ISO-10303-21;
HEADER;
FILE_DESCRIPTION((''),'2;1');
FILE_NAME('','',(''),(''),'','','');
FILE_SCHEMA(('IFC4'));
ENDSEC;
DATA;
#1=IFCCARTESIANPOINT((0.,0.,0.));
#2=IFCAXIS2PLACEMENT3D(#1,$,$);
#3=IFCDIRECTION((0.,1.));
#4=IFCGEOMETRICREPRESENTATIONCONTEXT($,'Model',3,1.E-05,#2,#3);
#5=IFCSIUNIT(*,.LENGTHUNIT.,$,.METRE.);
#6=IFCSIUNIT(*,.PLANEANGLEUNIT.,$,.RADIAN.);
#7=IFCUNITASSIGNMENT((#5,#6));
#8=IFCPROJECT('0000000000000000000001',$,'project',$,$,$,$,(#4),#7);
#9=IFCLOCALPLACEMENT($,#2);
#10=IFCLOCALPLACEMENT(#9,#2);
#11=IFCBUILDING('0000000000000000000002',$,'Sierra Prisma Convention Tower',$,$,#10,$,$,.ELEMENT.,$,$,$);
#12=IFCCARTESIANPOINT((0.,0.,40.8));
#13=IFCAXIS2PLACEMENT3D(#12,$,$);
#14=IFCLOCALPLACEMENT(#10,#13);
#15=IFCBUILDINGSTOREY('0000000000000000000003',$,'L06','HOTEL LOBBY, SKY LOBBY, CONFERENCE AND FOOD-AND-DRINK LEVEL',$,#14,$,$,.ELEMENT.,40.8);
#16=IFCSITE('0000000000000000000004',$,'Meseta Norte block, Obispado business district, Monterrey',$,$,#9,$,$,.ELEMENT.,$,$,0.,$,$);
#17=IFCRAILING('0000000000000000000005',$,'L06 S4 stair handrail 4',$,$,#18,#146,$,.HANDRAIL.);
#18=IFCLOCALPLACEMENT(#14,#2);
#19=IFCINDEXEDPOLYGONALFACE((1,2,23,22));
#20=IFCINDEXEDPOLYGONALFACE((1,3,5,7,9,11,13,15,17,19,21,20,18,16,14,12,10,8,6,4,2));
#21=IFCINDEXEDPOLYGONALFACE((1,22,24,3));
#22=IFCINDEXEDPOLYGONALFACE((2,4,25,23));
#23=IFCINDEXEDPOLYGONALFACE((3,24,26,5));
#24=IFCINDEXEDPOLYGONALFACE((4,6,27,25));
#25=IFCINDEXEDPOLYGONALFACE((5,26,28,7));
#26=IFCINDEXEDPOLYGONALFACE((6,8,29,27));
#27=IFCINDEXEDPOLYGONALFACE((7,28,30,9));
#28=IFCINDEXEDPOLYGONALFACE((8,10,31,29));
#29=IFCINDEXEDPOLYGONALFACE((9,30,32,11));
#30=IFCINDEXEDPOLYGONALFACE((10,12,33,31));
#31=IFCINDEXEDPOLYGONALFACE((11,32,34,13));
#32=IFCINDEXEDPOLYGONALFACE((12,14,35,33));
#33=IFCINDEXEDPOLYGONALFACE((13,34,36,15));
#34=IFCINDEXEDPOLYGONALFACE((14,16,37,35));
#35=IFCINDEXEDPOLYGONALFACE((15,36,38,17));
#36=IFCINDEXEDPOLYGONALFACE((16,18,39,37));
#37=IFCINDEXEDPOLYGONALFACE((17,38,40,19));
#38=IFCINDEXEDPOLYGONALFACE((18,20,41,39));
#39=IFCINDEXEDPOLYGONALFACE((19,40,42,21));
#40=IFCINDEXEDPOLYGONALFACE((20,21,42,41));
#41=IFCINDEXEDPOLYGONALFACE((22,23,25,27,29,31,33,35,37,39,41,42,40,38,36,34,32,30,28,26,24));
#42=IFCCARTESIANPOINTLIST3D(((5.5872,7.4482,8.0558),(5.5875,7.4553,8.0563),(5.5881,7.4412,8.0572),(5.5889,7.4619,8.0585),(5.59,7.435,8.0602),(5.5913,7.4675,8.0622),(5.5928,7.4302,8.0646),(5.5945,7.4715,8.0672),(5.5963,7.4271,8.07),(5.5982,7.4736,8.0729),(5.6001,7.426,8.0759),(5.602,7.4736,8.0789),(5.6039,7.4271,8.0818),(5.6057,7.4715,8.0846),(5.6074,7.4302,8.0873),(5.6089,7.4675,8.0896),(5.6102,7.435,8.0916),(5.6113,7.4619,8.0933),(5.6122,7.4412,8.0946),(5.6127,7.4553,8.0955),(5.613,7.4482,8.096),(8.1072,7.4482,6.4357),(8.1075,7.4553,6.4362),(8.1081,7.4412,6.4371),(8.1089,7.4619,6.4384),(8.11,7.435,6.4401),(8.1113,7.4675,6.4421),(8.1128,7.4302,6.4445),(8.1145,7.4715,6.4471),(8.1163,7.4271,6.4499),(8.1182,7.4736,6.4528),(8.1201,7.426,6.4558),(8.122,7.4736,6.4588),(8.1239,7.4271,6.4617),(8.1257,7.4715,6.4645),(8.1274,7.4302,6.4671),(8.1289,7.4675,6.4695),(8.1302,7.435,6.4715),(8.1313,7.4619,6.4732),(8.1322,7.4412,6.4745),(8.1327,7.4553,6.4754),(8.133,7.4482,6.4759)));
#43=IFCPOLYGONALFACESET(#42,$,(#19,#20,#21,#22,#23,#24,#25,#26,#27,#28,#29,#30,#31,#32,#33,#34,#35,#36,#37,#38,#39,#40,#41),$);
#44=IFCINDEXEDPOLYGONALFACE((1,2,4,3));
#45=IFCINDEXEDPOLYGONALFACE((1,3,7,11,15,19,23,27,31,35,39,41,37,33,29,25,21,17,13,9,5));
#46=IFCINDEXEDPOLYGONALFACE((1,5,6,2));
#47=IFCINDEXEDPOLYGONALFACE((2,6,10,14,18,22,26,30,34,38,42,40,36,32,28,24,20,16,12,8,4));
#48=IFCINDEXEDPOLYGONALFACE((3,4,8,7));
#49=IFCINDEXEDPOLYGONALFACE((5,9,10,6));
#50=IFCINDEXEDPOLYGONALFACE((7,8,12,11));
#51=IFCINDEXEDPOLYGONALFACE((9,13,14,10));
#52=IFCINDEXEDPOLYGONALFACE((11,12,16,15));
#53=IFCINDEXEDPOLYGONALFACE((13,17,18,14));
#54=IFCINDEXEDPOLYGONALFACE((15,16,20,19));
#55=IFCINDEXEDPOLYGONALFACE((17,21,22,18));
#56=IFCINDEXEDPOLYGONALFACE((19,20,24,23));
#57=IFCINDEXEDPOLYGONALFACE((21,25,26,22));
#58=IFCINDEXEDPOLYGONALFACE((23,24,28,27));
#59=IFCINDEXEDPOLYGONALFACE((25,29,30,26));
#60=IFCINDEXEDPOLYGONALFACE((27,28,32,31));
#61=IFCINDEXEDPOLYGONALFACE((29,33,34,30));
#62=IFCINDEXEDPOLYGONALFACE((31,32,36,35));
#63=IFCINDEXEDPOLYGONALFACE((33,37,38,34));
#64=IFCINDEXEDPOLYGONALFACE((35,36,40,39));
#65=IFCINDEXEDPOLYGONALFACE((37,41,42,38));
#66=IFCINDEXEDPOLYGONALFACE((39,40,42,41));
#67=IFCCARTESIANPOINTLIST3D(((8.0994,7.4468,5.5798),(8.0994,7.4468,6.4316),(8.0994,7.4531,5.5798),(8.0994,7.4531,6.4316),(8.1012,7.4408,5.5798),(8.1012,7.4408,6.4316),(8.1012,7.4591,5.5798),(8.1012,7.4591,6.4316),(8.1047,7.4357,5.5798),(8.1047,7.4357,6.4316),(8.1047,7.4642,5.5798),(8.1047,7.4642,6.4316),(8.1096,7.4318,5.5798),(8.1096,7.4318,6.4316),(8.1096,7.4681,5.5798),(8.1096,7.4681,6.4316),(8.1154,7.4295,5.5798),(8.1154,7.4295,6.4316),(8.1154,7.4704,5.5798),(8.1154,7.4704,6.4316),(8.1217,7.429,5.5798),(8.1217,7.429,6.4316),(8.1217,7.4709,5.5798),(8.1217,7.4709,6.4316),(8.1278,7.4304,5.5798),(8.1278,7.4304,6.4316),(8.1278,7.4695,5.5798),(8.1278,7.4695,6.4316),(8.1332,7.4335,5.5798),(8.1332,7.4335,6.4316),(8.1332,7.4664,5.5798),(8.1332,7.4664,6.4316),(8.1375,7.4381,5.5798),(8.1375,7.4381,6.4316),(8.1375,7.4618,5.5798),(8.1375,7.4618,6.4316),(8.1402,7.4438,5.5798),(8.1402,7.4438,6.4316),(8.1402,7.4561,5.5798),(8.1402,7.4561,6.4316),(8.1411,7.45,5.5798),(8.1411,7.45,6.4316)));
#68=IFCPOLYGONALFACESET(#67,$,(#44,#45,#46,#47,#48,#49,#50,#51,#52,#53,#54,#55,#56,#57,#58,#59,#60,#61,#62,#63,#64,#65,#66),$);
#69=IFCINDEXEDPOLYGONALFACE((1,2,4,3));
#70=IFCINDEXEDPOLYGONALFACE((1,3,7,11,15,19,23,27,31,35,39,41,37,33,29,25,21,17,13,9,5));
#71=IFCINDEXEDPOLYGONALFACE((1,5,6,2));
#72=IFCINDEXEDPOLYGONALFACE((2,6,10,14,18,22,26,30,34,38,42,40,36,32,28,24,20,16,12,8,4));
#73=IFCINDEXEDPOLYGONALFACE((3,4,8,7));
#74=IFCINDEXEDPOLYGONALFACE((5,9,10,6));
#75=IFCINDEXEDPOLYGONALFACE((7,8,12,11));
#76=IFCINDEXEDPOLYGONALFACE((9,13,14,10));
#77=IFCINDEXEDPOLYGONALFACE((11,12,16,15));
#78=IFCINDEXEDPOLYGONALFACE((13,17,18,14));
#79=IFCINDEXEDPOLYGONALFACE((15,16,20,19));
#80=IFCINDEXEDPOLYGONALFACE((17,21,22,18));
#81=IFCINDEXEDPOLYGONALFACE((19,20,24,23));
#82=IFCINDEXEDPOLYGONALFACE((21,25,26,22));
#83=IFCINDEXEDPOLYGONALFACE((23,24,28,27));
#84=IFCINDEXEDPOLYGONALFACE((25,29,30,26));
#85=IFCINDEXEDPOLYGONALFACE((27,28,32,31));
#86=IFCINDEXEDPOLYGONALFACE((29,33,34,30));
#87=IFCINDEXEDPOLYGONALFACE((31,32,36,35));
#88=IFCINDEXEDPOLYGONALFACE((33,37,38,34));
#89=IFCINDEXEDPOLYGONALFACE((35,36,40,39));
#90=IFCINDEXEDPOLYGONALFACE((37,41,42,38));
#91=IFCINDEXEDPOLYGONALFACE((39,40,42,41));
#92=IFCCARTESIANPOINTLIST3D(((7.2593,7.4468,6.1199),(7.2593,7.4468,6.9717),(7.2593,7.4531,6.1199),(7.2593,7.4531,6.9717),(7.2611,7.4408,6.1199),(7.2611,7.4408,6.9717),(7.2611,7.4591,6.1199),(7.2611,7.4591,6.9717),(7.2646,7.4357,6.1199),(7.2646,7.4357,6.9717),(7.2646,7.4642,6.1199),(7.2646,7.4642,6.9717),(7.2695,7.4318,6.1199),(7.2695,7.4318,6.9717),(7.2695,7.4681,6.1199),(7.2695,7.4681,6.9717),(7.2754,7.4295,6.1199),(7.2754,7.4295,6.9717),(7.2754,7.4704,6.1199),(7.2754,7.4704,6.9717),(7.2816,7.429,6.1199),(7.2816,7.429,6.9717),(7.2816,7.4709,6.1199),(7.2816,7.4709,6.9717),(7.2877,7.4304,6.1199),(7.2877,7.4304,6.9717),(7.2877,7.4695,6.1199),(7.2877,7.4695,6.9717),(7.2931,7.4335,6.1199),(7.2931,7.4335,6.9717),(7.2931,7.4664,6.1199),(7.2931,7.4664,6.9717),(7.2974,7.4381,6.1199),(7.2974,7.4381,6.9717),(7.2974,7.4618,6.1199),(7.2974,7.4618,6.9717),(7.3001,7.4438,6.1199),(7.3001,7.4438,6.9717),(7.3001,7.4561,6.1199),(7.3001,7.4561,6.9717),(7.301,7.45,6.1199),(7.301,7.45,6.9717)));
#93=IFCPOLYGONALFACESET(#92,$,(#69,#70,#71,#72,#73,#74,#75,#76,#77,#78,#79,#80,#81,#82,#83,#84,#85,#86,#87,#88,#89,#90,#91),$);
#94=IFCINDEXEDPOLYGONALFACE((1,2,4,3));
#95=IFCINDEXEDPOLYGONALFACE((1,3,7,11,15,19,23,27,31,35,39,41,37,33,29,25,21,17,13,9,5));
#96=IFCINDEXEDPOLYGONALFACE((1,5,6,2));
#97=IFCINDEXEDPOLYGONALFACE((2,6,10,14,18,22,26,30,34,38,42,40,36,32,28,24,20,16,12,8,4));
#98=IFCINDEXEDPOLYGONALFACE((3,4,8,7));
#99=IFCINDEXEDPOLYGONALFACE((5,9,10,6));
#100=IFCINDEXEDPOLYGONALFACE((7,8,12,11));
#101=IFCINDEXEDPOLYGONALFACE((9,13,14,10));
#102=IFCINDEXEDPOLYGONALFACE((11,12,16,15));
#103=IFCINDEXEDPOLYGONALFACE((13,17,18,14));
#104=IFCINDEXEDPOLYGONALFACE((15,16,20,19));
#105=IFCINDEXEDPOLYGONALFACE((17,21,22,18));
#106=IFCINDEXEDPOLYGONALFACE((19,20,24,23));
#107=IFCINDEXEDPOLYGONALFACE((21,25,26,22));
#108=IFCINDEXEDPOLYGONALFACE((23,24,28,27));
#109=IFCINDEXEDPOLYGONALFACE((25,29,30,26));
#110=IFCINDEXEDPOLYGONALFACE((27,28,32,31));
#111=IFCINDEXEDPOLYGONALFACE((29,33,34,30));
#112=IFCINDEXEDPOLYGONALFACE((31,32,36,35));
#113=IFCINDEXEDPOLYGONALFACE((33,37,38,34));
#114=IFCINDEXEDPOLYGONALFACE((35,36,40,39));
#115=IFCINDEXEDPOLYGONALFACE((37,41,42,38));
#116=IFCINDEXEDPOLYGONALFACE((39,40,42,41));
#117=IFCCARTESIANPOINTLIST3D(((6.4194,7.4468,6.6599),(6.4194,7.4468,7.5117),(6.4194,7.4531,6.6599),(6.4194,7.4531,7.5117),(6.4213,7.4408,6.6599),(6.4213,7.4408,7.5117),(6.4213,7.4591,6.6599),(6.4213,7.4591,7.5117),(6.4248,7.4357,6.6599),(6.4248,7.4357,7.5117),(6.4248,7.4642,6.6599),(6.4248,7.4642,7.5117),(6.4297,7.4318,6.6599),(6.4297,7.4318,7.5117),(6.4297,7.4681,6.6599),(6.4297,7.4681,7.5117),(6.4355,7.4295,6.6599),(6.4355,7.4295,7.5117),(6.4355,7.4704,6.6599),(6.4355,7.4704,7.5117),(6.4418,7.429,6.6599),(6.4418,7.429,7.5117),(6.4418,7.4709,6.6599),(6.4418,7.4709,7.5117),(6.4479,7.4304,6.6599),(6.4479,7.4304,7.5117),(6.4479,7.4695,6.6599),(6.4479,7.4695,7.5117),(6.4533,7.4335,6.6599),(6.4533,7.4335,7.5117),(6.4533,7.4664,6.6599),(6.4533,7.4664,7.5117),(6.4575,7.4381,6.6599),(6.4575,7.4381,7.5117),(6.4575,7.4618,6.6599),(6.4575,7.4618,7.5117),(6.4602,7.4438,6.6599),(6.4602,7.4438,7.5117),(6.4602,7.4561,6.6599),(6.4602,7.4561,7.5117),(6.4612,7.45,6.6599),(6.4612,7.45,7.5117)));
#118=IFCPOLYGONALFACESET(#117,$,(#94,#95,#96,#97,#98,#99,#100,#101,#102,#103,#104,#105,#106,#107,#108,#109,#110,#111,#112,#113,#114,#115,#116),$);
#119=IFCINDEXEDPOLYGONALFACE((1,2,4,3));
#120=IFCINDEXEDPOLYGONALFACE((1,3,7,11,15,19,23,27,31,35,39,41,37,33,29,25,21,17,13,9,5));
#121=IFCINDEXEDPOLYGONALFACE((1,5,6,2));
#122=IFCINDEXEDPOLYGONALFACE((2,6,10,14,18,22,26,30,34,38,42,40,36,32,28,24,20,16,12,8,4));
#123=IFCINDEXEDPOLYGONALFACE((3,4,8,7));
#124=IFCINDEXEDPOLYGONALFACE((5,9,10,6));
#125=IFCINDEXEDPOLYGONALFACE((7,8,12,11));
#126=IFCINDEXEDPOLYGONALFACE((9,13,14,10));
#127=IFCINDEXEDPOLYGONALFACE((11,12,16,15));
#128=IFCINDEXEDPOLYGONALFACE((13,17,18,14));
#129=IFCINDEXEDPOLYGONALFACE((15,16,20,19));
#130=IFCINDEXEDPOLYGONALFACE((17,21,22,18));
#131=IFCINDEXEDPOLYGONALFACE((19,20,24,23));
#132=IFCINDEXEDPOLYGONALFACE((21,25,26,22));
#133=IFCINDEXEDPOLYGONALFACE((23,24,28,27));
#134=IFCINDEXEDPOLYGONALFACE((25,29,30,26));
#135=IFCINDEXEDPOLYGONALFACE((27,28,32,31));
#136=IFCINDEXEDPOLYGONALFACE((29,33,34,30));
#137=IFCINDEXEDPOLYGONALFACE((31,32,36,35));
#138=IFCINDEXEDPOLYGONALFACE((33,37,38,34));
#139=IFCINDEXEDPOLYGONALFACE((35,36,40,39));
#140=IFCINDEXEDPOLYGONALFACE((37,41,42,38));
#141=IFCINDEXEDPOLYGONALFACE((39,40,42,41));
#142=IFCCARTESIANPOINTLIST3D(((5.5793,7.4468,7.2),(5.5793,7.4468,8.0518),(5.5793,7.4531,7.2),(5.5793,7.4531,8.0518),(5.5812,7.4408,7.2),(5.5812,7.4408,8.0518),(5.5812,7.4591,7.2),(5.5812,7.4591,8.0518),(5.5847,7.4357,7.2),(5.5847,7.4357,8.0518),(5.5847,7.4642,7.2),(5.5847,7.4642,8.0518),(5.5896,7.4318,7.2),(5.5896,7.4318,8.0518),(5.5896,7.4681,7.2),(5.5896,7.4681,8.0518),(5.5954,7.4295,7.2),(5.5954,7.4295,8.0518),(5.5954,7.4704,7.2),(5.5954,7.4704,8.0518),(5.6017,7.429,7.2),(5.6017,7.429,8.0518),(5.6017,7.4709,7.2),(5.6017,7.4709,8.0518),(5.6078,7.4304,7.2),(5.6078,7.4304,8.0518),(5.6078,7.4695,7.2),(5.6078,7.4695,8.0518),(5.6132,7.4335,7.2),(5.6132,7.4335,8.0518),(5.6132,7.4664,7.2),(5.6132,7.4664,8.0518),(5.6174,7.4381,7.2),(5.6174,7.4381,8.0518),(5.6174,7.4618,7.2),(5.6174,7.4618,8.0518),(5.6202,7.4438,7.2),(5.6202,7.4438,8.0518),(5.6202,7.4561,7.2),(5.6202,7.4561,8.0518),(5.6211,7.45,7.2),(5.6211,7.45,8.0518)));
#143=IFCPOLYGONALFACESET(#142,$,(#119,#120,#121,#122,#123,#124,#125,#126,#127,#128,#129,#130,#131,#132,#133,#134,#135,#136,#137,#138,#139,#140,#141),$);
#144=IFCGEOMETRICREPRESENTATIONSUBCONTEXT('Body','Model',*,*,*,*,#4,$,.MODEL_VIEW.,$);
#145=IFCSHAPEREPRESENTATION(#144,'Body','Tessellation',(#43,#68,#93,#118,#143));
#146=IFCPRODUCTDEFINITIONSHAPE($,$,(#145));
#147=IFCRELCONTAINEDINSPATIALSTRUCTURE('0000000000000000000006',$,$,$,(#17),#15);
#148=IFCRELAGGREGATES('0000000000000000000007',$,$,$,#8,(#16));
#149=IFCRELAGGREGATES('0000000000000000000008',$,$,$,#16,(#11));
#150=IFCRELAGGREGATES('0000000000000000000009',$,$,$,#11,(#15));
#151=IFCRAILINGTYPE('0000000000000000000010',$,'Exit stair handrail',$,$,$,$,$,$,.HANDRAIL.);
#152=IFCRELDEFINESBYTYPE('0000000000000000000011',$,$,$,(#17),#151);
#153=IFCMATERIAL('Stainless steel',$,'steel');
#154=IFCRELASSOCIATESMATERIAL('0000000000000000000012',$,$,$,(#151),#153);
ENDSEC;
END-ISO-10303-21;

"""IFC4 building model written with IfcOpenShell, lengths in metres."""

from ifc_helpers import new_model, si_unit, direction, frame, origin, origin_2d, place, context, subcontext, project, spatial, circle, extrude, material, type_object, element, save


model = new_model("IFC4")

# Units and contexts
model_context = context("Model", 3, precision=1e-05, world=origin(), true_north=direction((0.0, 1.0)))
body_context = subcontext(model_context, "Body", "Model", "MODEL_VIEW")
ifc_project = project(units=[si_unit("LENGTHUNIT", "METRE"), si_unit("PLANEANGLEUNIT", "RADIAN")], contexts=[model_context])

# Site, building, storey
site_placement = place(None, origin())
site = spatial("IfcSite", under=ifc_project, at=site_placement, Name="Meseta Norte block, Obispado business district, Monterrey", CompositionType="ELEMENT", RefElevation=0.0)
building_placement = place(site_placement, origin())
building = spatial("IfcBuilding", under=site, at=building_placement, Name="Sierra Prisma Convention Tower", CompositionType="ELEMENT")
storey_placement = place(building_placement, frame((0.0, 0.0, 40.8)))
storey = spatial("IfcBuildingStorey", under=building, at=storey_placement, Name="L06", Description="HOTEL LOBBY, SKY LOBBY, CONFERENCE AND FOOD-AND-DRINK LEVEL", CompositionType="ELEMENT", Elevation=40.8)

# Railing
ifc_material_1 = material(Name="Stainless steel", Category="steel")
railing_type_1 = type_object("IfcRailingType", Name="Exit stair handrail", PredefinedType="HANDRAIL", material=ifc_material_1)
railing_1_placement = place(storey_placement, frame((8.1201, 7.45, 5.5798)))
element("IfcRailing", 1, at=railing_1_placement, inside=storey, type_object=railing_type_1, Name="L06 S4 stair handrail 4", PredefinedType="HANDRAIL", context=body_context, shape_type="SweptSolid", body=[
    extrude(circle(Radius=0.0239, at=origin_2d()), frame((0.0, 0.0, 0.876), z_axis=(-0.841163, 0.0, 0.540782), x_axis=(0.0, -1.0, 0.0)), (0.0, 0.0, 1.0), 2.9958),
    extrude(circle(Radius=0.021, at=origin_2d()), origin(), (0.0, 0.0, 1.0), 0.8518),
    extrude(circle(Radius=0.021, at=origin_2d()), frame((-0.8401, 0.0, 0.54)), (0.0, 0.0, 1.0), 0.8518),
    extrude(circle(Radius=0.021, at=origin_2d()), frame((-1.6799, 0.0, 1.0801)), (0.0, 0.0, 1.0), 0.8518),
    extrude(circle(Radius=0.021, at=origin_2d()), frame((-2.52, 0.0, 1.6201)), (0.0, 0.0, 1.0), 0.8518),
])

save(model, "model.ifc")
